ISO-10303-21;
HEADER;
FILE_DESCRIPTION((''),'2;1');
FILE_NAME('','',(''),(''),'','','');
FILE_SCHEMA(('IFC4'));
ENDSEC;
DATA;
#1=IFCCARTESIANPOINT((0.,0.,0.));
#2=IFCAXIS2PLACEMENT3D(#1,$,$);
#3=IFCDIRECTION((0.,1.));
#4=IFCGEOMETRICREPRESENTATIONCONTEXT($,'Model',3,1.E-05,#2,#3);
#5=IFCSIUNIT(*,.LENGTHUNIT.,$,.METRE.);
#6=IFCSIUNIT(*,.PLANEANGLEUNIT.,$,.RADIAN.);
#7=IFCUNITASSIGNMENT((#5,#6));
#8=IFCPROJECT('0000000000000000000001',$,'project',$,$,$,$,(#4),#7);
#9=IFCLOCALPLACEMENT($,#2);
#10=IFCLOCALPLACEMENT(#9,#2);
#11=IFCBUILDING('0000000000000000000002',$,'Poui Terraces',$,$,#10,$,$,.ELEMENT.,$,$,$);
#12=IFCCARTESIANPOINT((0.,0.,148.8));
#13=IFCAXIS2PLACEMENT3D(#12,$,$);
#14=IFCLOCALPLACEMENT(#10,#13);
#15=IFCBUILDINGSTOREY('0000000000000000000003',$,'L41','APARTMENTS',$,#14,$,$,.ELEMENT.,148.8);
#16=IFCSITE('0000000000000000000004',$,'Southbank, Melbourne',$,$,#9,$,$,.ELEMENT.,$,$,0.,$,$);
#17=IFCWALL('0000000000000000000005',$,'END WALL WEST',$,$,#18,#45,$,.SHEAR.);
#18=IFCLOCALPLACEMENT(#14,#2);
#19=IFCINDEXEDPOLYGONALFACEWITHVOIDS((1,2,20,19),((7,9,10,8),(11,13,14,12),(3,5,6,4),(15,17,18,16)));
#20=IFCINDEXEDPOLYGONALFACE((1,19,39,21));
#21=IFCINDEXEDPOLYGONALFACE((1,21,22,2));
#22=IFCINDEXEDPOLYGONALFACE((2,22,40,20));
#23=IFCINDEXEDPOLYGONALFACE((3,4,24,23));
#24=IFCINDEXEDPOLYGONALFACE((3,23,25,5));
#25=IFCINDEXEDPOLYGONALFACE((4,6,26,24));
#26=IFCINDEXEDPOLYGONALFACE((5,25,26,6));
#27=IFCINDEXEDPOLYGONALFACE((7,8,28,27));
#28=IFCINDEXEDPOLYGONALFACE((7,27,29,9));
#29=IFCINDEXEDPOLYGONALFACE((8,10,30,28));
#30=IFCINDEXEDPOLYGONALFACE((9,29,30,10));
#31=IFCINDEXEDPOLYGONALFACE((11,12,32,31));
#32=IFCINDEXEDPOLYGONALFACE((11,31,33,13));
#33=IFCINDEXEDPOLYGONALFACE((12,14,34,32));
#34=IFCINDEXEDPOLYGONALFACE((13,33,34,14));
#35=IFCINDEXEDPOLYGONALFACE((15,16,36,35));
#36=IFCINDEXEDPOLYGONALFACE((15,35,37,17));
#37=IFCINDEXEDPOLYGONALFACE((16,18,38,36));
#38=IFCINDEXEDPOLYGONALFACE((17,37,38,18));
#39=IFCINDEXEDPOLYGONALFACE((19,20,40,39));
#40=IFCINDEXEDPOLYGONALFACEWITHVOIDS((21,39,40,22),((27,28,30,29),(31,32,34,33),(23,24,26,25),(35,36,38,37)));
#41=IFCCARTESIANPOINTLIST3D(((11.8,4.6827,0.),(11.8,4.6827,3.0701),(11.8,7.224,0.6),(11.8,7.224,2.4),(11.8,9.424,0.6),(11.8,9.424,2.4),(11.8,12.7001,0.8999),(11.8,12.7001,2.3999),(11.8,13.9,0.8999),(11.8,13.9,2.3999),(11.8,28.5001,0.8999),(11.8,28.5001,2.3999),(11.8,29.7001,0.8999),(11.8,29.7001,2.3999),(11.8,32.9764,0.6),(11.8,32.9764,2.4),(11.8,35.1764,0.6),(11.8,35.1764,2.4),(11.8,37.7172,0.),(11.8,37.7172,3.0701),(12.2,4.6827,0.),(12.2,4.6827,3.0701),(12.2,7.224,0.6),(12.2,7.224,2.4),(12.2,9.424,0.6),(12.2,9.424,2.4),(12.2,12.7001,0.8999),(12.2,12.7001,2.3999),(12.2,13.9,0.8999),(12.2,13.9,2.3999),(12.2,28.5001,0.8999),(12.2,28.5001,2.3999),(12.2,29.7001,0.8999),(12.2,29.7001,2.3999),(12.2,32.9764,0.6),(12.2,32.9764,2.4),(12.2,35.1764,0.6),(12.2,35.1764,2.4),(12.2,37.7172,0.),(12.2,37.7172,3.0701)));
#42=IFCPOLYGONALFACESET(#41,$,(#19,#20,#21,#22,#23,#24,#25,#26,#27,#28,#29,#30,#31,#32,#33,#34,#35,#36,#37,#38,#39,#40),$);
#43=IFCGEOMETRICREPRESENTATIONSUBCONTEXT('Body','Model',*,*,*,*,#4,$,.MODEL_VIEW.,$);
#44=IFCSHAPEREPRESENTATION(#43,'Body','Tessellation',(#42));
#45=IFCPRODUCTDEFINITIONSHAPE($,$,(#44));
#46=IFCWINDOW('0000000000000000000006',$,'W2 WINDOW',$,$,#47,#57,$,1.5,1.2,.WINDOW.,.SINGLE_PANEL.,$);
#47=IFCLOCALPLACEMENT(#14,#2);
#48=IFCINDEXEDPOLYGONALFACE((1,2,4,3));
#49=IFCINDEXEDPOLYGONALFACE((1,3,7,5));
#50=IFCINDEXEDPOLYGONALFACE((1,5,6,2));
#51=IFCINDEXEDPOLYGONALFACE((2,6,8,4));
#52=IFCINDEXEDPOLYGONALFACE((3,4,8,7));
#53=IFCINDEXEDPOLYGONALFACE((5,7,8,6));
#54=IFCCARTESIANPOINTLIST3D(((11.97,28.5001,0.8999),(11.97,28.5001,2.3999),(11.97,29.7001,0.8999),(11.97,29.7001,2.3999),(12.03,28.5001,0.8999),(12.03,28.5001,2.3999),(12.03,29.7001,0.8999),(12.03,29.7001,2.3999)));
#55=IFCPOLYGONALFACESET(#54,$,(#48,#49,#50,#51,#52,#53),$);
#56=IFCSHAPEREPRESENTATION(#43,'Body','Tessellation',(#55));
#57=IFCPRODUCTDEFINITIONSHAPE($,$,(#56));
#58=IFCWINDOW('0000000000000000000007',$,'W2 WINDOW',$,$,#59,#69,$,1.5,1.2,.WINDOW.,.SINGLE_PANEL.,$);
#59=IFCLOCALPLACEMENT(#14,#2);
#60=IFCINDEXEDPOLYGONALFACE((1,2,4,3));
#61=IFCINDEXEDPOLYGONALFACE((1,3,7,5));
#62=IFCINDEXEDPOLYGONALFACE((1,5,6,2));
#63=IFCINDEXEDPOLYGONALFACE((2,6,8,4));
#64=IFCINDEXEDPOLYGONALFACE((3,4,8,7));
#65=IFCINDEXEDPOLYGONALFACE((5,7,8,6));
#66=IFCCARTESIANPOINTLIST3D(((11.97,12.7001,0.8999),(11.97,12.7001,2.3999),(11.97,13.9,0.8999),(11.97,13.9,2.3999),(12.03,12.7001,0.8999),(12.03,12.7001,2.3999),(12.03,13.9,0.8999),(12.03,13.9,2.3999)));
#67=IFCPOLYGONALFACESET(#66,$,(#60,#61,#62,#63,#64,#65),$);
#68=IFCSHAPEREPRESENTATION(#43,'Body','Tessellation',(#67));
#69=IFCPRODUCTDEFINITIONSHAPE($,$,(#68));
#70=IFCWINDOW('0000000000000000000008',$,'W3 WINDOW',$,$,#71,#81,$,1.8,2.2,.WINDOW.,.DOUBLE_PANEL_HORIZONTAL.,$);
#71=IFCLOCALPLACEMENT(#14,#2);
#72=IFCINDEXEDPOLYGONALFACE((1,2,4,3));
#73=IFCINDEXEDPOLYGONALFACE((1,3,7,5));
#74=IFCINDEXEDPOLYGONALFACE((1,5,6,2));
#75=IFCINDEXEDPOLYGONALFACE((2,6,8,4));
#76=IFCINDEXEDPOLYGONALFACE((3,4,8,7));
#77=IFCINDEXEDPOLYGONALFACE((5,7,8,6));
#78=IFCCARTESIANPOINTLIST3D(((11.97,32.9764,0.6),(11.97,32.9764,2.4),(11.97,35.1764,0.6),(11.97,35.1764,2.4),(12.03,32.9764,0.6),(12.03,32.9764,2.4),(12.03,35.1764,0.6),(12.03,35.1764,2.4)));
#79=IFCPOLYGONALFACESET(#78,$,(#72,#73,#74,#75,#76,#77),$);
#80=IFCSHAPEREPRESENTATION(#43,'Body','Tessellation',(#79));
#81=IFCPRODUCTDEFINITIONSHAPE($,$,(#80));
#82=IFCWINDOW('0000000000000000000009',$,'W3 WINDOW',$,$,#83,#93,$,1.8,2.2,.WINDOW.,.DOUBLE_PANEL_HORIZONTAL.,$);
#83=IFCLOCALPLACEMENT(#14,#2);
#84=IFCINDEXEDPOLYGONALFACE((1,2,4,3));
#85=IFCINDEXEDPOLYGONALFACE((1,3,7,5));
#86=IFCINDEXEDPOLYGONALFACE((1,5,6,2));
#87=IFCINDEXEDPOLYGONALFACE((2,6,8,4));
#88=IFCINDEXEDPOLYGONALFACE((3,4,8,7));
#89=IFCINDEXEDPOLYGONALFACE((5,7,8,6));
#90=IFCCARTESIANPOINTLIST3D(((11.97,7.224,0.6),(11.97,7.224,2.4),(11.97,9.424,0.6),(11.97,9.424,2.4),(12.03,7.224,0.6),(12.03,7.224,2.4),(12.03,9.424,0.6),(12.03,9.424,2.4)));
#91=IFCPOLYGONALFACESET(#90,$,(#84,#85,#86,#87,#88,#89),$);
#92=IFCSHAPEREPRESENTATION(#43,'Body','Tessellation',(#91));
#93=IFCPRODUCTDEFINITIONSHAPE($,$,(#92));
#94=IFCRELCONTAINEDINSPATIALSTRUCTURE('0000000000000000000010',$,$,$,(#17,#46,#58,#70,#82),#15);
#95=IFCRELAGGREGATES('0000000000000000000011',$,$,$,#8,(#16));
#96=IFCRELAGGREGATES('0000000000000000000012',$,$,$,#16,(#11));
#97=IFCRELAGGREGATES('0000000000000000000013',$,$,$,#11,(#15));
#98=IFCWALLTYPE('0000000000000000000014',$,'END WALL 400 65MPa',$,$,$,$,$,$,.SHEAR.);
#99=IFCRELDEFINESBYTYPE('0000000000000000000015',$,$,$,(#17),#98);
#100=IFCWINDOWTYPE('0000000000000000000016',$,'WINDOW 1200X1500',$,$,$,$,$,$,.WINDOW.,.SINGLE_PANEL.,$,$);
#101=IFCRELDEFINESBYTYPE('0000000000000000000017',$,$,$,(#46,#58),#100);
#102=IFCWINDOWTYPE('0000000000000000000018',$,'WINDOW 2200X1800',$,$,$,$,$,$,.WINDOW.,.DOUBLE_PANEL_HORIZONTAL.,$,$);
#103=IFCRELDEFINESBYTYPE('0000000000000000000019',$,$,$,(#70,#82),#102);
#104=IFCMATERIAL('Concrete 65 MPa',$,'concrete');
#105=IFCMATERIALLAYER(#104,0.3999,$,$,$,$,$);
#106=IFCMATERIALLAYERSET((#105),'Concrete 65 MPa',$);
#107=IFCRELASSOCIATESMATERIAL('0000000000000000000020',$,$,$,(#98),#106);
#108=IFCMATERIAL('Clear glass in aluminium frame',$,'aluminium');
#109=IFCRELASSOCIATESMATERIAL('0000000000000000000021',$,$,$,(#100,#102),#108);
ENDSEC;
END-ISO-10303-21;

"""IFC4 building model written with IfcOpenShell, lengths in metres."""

from ifc_helpers import new_model, si_unit, direction, frame, frame_2d, origin, place, context, subcontext, project, spatial, rectangle, extrude, material, layer, layer_set, type_object, element, fill, save


model = new_model("IFC4")

# Units and contexts
model_context = context("Model", 3, precision=1e-05, world=origin(), true_north=direction((0.0, 1.0)))
body_context = subcontext(model_context, "Body", "Model", "MODEL_VIEW")
ifc_project = project(units=[si_unit("LENGTHUNIT", "METRE"), si_unit("PLANEANGLEUNIT", "RADIAN")], contexts=[model_context])

# Site, building, storey
site_placement = place(None, origin())
site = spatial("IfcSite", under=ifc_project, at=site_placement, Name="Southbank, Melbourne", CompositionType="ELEMENT", RefElevation=0.0)
building_placement = place(site_placement, origin())
building = spatial("IfcBuilding", under=site, at=building_placement, Name="Poui Terraces", CompositionType="ELEMENT")
storey_placement = place(building_placement, frame((0.0, 0.0, 148.8)))
storey = spatial("IfcBuildingStorey", under=building, at=storey_placement, Name="L41", Description="APARTMENTS", CompositionType="ELEMENT", Elevation=148.8)

# Shared definitions
ifc_material_1 = material(Name="Concrete 65 MPa", Category="concrete")

# Wall, openings, windows
ifc_layer_1 = layer(ifc_material_1, 0.3999)
ifc_layer_set_1 = layer_set([ifc_layer_1], Name="Concrete 65 MPa")
wall_type_1 = type_object("IfcWallType", Name="END WALL 400 65MPa", PredefinedType="SHEAR", material=ifc_layer_set_1)
wall_1_placement = place(storey_placement, frame((12.0, 4.6829, 0.0), z_axis=(0.0, 0.0, 1.0), x_axis=(0.0, 1.0, 0.0)))
wall_1 = element("IfcWall", 1, at=wall_1_placement, inside=storey, type_object=wall_type_1, Name="END WALL WEST", PredefinedType="SHEAR", context=body_context, shape_type="SweptSolid", body=[
    extrude(rectangle(XDim=33.0344, YDim=0.3999, at=frame_2d((16.5171, 0.0))), origin(), (0.0, 0.0, 1.0), 3.0701),
])
opening_1_placement = place(wall_1_placement, frame((23.8171, 0.0, 0.8999)))
opening_1 = element("IfcOpeningElement", 2, at=opening_1_placement, cuts=wall_1, PredefinedType="OPENING", context=body_context, shape_type="SweptSolid", body=[
    extrude(rectangle(XDim=1.2, YDim=1.5, at=frame_2d((0.6001, 0.75))), frame((0.0, 0.21, 0.0), z_axis=(0.0, -1.0, 0.0), x_axis=(1.0, 0.0, 0.0)), (0.0, 0.0, 1.0), 0.4199),
])
opening_2_placement = place(wall_1_placement, frame((8.0171, 0.0, 0.8999)))
opening_2 = element("IfcOpeningElement", 3, at=opening_2_placement, cuts=wall_1, PredefinedType="OPENING", context=body_context, shape_type="SweptSolid", body=[
    extrude(rectangle(XDim=1.2, YDim=1.5, at=frame_2d((0.6001, 0.75))), frame((0.0, 0.21, 0.0), z_axis=(0.0, -1.0, 0.0), x_axis=(1.0, 0.0, 0.0)), (0.0, 0.0, 1.0), 0.4199),
])
opening_3_placement = place(wall_1_placement, frame((28.2935, 0.0, 0.6001)))
opening_3 = element("IfcOpeningElement", 4, at=opening_3_placement, cuts=wall_1, PredefinedType="OPENING", context=body_context, shape_type="SweptSolid", body=[
    extrude(rectangle(XDim=2.2, YDim=1.8, at=frame_2d((1.1001, 0.8999))), frame((0.0, 0.21, 0.0), z_axis=(0.0, -1.0, 0.0), x_axis=(1.0, 0.0, 0.0)), (0.0, 0.0, 1.0), 0.4199),
])
opening_4_placement = place(wall_1_placement, frame((2.541, 0.0, 0.6001)))
opening_4 = element("IfcOpeningElement", 5, at=opening_4_placement, cuts=wall_1, PredefinedType="OPENING", context=body_context, shape_type="SweptSolid", body=[
    extrude(rectangle(XDim=2.2, YDim=1.8, at=frame_2d((1.1001, 0.8999))), frame((0.0, 0.21, 0.0), z_axis=(0.0, -1.0, 0.0), x_axis=(1.0, 0.0, 0.0)), (0.0, 0.0, 1.0), 0.4199),
])
ifc_material_2 = material(Name="Clear glass in aluminium frame", Category="aluminium")
window_type_1 = type_object("IfcWindowType", Name="WINDOW 1200X1500", PartitioningType="SINGLE_PANEL", PredefinedType="WINDOW", material=ifc_material_2)
window_1_placement = place(opening_1_placement, origin())
window_1 = element("IfcWindow", 6, at=window_1_placement, inside=storey, type_object=window_type_1, Name="W2 WINDOW", OverallHeight=1.5, OverallWidth=1.2, PartitioningType="SINGLE_PANEL", PredefinedType="WINDOW", context=body_context, shape_type="SweptSolid", body=[
    extrude(rectangle(XDim=1.2, YDim=1.5, at=frame_2d((0.6001, 0.75))), frame((0.0, 0.03, 0.0), z_axis=(0.0, -1.0, 0.0), x_axis=(1.0, 0.0, 0.0)), (0.0, 0.0, 1.0), 0.0601),
])
fill(opening_1, window_1)
window_2_placement = place(opening_2_placement, origin())
window_2 = element("IfcWindow", 7, at=window_2_placement, inside=storey, type_object=window_type_1, Name="W2 WINDOW", OverallHeight=1.5, OverallWidth=1.2, PartitioningType="SINGLE_PANEL", PredefinedType="WINDOW", context=body_context, shape_type="SweptSolid", body=[
    extrude(rectangle(XDim=1.2, YDim=1.5, at=frame_2d((0.6001, 0.75))), frame((0.0, 0.03, 0.0), z_axis=(0.0, -1.0, 0.0), x_axis=(1.0, 0.0, 0.0)), (0.0, 0.0, 1.0), 0.0601),
])
fill(opening_2, window_2)
window_type_2 = type_object("IfcWindowType", Name="WINDOW 2200X1800", PartitioningType="DOUBLE_PANEL_HORIZONTAL", PredefinedType="WINDOW", material=ifc_material_2)
window_3_placement = place(opening_3_placement, origin())
window_3 = element("IfcWindow", 8, at=window_3_placement, inside=storey, type_object=window_type_2, Name="W3 WINDOW", OverallHeight=1.8, OverallWidth=2.2, PartitioningType="DOUBLE_PANEL_HORIZONTAL", PredefinedType="WINDOW", context=body_context, shape_type="SweptSolid", body=[
    extrude(rectangle(XDim=2.2, YDim=1.8, at=frame_2d((1.1001, 0.8999))), frame((0.0, 0.03, 0.0), z_axis=(0.0, -1.0, 0.0), x_axis=(1.0, 0.0, 0.0)), (0.0, 0.0, 1.0), 0.0601),
])
fill(opening_3, window_3)
window_4_placement = place(opening_4_placement, origin())
window_4 = element("IfcWindow", 9, at=window_4_placement, inside=storey, type_object=window_type_2, Name="W3 WINDOW", OverallHeight=1.8, OverallWidth=2.2, PartitioningType="DOUBLE_PANEL_HORIZONTAL", PredefinedType="WINDOW", context=body_context, shape_type="SweptSolid", body=[
    extrude(rectangle(XDim=2.2, YDim=1.8, at=frame_2d((1.1001, 0.8999))), frame((0.0, 0.03, 0.0), z_axis=(0.0, -1.0, 0.0), x_axis=(1.0, 0.0, 0.0)), (0.0, 0.0, 1.0), 0.0601),
])
fill(opening_4, window_4)

save(model, "model.ifc")
